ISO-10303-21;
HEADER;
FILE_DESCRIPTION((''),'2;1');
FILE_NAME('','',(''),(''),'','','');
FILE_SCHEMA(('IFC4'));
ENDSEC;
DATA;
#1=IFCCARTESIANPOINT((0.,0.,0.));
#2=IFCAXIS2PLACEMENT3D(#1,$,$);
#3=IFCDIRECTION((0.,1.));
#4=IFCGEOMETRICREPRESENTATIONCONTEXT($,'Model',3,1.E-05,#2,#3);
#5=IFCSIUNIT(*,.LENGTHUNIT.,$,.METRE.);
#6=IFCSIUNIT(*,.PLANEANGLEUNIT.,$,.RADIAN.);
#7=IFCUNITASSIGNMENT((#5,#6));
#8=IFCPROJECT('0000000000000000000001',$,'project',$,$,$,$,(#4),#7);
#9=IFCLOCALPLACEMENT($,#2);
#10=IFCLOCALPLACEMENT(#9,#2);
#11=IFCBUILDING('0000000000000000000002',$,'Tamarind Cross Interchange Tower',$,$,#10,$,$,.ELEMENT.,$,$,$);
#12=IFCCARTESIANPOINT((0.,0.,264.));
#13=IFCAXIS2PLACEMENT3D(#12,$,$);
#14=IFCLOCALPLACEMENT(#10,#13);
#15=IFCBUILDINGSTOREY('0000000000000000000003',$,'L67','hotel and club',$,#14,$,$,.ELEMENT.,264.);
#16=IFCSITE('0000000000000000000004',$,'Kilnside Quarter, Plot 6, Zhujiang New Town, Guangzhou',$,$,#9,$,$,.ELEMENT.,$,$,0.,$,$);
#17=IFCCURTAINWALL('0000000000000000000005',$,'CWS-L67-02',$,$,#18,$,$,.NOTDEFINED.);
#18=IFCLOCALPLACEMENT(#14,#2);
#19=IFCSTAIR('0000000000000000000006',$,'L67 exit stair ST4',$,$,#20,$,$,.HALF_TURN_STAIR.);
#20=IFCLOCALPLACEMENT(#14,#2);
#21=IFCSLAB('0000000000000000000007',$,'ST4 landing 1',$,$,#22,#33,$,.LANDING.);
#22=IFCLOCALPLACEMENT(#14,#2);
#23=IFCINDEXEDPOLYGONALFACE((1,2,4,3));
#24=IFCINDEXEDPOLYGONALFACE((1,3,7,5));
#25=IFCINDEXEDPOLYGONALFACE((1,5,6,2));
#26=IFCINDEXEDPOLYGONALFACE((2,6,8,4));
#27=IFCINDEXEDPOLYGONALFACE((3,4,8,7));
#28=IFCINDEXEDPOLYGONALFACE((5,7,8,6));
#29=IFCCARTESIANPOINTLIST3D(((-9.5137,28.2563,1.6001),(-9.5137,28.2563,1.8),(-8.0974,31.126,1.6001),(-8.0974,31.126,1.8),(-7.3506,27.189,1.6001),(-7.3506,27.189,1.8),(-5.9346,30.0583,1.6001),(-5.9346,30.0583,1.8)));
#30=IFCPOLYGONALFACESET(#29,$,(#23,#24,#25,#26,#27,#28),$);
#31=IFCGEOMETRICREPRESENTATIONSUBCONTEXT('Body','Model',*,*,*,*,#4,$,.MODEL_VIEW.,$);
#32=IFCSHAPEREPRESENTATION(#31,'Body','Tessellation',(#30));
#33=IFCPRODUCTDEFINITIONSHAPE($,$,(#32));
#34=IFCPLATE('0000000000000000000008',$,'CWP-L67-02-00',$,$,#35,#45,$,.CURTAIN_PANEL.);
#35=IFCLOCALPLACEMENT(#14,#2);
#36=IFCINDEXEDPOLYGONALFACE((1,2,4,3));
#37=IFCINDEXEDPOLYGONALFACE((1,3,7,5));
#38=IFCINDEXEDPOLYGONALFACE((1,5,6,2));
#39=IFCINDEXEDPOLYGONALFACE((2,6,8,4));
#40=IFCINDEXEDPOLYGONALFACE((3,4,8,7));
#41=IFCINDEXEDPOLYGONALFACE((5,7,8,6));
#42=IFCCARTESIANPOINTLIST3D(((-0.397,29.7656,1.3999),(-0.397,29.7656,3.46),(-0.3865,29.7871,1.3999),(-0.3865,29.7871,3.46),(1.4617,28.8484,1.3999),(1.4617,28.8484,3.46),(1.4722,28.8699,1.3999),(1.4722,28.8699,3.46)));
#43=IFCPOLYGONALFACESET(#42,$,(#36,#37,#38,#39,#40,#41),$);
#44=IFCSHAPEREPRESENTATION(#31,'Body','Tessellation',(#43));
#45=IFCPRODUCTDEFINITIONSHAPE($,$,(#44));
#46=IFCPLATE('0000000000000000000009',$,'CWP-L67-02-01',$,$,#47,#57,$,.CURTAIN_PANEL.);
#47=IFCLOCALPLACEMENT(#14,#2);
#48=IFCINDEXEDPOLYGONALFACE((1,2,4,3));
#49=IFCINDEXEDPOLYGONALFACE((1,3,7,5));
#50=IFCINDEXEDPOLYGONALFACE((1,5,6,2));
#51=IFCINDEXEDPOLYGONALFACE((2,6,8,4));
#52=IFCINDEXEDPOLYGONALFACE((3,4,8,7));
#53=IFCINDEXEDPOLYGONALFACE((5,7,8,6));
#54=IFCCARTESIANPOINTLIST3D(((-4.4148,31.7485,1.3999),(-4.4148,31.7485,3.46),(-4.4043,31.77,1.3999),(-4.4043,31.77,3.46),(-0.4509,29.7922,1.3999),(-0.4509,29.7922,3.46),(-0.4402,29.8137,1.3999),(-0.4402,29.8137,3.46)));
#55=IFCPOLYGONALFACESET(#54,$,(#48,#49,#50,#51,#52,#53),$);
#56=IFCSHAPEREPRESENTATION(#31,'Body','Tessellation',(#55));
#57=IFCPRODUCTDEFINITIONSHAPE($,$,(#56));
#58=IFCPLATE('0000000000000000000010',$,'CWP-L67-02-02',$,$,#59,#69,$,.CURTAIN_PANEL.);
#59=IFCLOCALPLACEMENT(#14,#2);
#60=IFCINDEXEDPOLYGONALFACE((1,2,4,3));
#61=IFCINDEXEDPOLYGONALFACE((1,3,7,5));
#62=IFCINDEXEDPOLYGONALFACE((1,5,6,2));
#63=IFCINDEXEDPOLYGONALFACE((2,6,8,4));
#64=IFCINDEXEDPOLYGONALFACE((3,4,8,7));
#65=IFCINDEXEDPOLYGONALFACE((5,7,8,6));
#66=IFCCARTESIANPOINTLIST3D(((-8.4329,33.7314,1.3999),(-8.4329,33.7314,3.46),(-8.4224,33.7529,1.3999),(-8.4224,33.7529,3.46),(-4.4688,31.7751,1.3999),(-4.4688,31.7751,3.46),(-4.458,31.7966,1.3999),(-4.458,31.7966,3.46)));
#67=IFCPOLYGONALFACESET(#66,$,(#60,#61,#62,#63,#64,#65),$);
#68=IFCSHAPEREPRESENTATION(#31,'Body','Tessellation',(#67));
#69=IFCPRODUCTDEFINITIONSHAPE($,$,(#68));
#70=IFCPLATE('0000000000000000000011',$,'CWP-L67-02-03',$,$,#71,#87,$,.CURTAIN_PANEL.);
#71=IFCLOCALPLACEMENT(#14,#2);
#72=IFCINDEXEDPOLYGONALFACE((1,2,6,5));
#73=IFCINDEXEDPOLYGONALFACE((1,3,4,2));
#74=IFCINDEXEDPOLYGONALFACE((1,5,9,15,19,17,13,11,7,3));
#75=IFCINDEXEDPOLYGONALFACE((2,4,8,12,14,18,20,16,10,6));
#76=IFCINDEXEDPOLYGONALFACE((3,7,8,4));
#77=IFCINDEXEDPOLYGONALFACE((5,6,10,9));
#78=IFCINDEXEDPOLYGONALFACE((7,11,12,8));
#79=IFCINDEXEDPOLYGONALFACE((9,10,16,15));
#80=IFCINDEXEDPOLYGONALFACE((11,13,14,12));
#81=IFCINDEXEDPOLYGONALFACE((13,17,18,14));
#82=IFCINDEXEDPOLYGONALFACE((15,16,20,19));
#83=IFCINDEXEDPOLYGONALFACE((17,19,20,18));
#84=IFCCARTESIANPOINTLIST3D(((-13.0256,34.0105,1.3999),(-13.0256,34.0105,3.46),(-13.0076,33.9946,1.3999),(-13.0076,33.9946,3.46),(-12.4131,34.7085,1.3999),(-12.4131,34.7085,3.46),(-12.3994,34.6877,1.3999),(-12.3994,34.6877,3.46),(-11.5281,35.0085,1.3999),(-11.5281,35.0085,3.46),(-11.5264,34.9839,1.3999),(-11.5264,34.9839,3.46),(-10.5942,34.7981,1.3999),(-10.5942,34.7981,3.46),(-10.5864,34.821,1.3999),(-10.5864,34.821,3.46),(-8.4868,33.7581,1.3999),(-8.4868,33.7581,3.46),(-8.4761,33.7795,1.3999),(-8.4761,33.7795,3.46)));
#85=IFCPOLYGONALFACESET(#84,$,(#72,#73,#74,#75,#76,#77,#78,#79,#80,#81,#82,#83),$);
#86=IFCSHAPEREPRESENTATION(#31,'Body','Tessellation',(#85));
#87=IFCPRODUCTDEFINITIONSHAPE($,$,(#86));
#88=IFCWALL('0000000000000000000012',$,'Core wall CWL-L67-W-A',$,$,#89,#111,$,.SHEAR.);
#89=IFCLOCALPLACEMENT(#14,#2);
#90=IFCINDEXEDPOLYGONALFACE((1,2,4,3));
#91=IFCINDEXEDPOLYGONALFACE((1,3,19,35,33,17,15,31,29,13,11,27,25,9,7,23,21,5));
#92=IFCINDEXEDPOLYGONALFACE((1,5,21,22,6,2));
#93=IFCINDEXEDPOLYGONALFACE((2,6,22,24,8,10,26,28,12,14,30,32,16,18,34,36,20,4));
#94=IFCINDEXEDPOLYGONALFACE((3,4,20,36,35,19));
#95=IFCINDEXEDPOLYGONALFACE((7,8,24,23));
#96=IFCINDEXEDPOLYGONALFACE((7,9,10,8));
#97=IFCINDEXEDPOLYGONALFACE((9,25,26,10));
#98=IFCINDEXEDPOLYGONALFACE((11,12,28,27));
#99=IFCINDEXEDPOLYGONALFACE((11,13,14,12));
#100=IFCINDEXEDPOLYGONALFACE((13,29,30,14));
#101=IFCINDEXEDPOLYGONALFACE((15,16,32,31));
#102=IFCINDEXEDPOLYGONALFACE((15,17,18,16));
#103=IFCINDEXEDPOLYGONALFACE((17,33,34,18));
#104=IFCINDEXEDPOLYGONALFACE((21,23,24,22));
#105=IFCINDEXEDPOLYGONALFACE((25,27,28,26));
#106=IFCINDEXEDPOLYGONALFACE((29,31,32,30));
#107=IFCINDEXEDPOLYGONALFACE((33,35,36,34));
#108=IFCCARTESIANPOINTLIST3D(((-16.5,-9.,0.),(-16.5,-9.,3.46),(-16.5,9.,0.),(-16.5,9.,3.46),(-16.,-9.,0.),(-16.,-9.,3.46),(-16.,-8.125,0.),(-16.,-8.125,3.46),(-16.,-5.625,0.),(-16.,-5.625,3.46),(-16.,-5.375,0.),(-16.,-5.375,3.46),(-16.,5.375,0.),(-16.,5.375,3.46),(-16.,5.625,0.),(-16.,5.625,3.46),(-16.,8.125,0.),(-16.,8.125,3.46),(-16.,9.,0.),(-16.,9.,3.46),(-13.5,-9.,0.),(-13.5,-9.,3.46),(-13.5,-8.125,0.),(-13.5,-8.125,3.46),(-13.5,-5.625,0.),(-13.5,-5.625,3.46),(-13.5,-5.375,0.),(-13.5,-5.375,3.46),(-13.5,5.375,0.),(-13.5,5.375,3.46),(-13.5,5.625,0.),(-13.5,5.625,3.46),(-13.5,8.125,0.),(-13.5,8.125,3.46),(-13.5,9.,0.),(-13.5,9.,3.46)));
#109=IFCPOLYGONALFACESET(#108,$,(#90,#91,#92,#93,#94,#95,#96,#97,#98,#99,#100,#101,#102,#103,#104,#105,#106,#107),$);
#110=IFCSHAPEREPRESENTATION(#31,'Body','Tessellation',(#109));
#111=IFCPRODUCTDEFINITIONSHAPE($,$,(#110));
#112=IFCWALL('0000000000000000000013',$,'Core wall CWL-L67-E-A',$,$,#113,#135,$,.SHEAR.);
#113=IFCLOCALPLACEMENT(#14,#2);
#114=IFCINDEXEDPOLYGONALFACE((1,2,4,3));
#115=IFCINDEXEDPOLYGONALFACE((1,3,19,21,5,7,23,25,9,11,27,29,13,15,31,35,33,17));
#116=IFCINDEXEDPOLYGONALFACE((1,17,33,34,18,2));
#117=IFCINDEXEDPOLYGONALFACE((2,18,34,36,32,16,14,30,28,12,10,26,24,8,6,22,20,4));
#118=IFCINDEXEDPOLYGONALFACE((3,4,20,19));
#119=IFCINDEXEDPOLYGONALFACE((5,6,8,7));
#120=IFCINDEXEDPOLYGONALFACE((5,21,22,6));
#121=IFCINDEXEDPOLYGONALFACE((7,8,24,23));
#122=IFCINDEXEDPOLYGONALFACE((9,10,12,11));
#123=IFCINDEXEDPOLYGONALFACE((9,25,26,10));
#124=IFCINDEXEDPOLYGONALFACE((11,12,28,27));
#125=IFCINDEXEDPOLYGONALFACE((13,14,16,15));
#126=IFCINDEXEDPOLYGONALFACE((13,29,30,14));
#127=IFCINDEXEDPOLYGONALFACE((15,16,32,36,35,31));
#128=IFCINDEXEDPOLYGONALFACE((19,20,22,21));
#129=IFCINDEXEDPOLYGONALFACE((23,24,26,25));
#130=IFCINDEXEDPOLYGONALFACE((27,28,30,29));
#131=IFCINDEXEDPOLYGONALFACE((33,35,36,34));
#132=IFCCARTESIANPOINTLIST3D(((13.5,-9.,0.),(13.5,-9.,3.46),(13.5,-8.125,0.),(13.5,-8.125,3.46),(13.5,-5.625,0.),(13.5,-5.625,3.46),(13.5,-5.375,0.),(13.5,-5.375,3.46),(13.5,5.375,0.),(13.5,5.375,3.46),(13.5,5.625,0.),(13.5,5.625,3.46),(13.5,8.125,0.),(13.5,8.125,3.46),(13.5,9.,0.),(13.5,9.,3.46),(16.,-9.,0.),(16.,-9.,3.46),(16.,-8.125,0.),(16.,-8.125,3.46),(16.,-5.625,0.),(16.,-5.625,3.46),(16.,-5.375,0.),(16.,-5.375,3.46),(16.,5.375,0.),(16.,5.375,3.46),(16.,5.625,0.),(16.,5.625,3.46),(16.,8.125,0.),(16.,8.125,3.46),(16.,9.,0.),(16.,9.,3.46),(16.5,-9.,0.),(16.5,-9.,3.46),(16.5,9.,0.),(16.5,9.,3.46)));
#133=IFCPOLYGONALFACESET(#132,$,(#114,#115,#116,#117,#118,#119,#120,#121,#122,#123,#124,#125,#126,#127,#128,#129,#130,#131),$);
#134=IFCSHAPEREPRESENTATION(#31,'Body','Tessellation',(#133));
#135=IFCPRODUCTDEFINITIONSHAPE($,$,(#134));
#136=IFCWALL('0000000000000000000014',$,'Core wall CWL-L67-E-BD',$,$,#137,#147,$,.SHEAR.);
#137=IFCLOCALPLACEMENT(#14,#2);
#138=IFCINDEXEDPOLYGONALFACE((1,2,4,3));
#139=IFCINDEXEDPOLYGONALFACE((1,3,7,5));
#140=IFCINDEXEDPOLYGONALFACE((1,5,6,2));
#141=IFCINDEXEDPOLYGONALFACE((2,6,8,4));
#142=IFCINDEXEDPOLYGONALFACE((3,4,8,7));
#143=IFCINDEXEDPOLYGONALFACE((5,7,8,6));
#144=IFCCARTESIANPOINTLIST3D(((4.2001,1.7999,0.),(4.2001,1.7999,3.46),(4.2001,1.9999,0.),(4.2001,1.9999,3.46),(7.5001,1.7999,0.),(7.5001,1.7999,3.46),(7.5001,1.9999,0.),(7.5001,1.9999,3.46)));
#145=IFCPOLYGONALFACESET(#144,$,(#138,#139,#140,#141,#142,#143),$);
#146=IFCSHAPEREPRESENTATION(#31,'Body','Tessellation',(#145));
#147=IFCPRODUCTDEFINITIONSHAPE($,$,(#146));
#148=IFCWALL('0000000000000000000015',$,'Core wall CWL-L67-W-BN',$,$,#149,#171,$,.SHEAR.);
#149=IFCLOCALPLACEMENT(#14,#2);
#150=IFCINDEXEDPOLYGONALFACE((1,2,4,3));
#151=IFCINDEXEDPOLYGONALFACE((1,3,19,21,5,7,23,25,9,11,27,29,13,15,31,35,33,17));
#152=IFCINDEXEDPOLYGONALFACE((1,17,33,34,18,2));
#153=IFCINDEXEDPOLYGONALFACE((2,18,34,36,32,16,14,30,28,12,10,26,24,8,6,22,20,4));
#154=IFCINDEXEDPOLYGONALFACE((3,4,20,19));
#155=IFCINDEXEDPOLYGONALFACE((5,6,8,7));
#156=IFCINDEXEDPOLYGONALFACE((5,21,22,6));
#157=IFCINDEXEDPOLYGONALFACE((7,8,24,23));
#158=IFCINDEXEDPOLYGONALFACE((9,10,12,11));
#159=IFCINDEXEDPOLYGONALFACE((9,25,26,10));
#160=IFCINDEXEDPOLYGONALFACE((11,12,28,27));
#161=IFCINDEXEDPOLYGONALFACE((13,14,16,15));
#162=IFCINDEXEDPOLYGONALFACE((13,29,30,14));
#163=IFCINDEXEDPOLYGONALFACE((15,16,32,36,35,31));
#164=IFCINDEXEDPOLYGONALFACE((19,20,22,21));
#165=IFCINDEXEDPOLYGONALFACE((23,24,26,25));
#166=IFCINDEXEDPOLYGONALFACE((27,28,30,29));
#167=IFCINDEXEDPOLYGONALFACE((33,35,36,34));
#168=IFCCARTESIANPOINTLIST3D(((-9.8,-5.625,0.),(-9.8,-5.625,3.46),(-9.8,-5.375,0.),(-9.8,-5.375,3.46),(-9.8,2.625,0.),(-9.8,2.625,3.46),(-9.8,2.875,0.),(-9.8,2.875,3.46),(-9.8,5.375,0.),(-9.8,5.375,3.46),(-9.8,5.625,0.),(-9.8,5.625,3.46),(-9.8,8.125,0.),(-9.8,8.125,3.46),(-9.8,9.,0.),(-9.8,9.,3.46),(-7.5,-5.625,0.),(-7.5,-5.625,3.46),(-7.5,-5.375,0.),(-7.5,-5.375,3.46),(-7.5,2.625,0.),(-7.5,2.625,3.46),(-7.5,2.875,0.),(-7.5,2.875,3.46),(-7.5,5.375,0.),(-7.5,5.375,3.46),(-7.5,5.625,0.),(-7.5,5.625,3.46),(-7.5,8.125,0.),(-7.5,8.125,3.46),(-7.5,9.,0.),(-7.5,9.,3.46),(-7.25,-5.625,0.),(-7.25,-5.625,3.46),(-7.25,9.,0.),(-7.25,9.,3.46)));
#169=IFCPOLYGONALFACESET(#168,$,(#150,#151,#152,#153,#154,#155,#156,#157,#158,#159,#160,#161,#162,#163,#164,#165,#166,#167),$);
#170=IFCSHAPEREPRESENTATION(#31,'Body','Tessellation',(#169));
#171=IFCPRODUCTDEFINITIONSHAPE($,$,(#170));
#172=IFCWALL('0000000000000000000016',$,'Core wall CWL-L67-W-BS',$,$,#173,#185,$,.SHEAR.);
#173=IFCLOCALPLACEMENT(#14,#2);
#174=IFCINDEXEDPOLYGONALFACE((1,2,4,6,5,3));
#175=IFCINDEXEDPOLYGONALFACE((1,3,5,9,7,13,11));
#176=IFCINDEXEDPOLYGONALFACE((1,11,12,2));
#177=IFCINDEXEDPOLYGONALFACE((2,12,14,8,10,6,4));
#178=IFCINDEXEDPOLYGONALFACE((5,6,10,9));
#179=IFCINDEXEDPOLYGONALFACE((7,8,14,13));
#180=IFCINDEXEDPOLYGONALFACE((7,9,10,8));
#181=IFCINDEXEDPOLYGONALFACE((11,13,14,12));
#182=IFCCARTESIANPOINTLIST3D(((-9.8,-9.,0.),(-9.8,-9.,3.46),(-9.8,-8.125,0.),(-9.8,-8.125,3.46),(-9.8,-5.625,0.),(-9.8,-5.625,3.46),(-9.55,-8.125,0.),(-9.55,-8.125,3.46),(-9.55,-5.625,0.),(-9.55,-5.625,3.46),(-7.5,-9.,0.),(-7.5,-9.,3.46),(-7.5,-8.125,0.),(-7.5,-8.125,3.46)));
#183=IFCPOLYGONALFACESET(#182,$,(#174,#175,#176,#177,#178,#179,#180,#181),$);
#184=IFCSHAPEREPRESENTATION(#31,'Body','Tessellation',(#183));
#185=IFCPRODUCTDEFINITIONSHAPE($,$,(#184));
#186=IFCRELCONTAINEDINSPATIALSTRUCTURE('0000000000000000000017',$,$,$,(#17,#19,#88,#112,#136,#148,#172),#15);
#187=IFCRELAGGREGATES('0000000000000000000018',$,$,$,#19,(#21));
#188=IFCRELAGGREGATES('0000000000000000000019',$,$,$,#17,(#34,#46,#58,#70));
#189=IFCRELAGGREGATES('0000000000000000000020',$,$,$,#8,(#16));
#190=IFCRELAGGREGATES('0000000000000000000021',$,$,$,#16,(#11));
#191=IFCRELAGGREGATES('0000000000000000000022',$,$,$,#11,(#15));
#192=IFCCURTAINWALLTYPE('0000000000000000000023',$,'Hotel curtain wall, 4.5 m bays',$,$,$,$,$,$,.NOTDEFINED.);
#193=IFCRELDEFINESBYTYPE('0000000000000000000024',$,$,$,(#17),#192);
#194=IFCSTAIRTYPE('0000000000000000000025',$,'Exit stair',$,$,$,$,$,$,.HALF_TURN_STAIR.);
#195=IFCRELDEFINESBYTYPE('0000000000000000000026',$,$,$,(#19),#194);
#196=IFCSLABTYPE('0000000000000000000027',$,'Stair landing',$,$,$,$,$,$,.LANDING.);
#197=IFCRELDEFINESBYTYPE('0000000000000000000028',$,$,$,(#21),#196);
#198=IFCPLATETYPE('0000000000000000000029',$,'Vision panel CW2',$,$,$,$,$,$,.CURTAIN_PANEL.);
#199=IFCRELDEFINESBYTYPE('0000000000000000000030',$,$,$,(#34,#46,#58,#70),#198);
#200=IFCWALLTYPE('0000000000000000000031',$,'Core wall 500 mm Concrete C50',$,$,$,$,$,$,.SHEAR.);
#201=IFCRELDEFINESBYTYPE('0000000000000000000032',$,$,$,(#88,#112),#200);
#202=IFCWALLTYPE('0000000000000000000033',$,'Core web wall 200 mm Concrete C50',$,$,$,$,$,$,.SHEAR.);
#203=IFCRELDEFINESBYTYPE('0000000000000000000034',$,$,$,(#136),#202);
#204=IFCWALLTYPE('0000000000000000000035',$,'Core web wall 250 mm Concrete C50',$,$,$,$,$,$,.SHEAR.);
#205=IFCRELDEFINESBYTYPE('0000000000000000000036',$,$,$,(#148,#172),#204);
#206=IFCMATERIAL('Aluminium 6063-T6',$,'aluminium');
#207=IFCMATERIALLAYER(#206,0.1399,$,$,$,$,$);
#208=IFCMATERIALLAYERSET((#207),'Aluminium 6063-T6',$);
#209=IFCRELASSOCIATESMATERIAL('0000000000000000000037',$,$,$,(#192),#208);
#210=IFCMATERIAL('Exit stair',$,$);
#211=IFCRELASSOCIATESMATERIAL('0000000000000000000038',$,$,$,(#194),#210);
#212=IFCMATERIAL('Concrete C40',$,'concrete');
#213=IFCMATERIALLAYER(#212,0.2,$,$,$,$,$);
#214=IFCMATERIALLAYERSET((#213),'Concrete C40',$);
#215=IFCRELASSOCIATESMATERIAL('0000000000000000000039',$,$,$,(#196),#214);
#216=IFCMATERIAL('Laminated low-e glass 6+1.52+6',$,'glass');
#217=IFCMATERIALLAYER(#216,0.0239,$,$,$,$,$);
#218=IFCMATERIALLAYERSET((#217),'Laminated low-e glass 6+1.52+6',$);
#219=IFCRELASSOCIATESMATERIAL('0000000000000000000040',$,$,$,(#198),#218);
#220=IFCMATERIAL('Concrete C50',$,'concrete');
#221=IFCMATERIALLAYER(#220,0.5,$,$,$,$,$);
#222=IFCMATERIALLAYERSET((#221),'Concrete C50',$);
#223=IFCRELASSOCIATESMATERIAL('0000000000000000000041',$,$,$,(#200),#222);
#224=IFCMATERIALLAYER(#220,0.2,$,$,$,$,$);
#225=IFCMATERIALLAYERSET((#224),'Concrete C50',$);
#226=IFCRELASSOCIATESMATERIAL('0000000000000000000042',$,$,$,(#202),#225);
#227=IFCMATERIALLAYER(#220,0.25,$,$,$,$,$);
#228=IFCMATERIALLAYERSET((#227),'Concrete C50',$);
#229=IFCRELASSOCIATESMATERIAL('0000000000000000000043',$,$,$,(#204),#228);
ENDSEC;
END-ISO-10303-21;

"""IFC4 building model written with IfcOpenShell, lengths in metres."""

from ifc_helpers import new_model, si_unit, direction, frame, frame_2d, origin, place, context, subcontext, project, spatial, polyline, rectangle, outline, extrude, material, layer, layer_set, type_object, element, aggregate, save


model = new_model("IFC4")

# Units and contexts
model_context = context("Model", 3, precision=1e-05, world=origin(), true_north=direction((0.0, 1.0)))
body_context = subcontext(model_context, "Body", "Model", "MODEL_VIEW")
ifc_project = project(units=[si_unit("LENGTHUNIT", "METRE"), si_unit("PLANEANGLEUNIT", "RADIAN")], contexts=[model_context])

# Site, building, storey
site_placement = place(None, origin())
site = spatial("IfcSite", under=ifc_project, at=site_placement, Name="Kilnside Quarter, Plot 6, Zhujiang New Town, Guangzhou", CompositionType="ELEMENT", RefElevation=0.0)
building_placement = place(site_placement, origin())
building = spatial("IfcBuilding", under=site, at=building_placement, Name="Tamarind Cross Interchange Tower", CompositionType="ELEMENT")
storey_placement = place(building_placement, frame((0.0, 0.0, 264.0)))
storey = spatial("IfcBuildingStorey", under=building, at=storey_placement, Name="L67", Description="hotel and club", CompositionType="ELEMENT", Elevation=264.0)

# Curtain wall
ifc_material_1 = material(Name="Aluminium 6063-T6", Category="aluminium")
ifc_layer_1 = layer(ifc_material_1, 0.1399)
ifc_layer_set_1 = layer_set([ifc_layer_1], Name="Aluminium 6063-T6")
curtain_wall_type = type_object("IfcCurtainWallType", Name="Hotel curtain wall, 4.5 m bays", PredefinedType="NOTDEFINED", material=ifc_layer_set_1)
curtain_wall_1_placement = place(storey_placement, origin())
curtain_wall_1 = element("IfcCurtainWall", 1, at=curtain_wall_1_placement, inside=storey, type_object=curtain_wall_type, Name="CWS-L67-02", PredefinedType="NOTDEFINED")

# Stair, slab
ifc_material_2 = material(Name="Exit stair")
stair_type = type_object("IfcStairType", Name="Exit stair", PredefinedType="HALF_TURN_STAIR", material=ifc_material_2)
ifc_material_3 = material(Name="Concrete C40", Category="concrete")
ifc_layer_2 = layer(ifc_material_3, 0.2)
ifc_layer_set_2 = layer_set([ifc_layer_2], Name="Concrete C40")
slab_type_1 = type_object("IfcSlabType", Name="Stair landing", PredefinedType="LANDING", material=ifc_layer_set_2)
stair_1_placement = place(storey_placement, origin())
stair_1 = element("IfcStair", 2, at=stair_1_placement, inside=storey, type_object=stair_type, Name="L67 exit stair ST4", PredefinedType="HALF_TURN_STAIR")
slab_1_placement = place(storey_placement, frame((0.0, 0.0, 1.6001)))
slab_1 = element("IfcSlab", 3, at=slab_1_placement, type_object=slab_type_1, Name="ST4 landing 1", PredefinedType="LANDING", context=body_context, shape_type="SweptSolid", body=[
    extrude(outline(polyline([(-5.9346, 30.0583), (-8.0974, 31.126), (-9.5137, 28.2563), (-7.3506, 27.189), (-5.9346, 30.0583)])), origin(), (0.0, 0.0, 1.0), 0.2),
])
aggregate(stair_1, [slab_1])

# Plates
ifc_material_4 = material(Name="Laminated low-e glass 6+1.52+6", Category="glass")
ifc_layer_3 = layer(ifc_material_4, 0.0239)
ifc_layer_set_3 = layer_set([ifc_layer_3], Name="Laminated low-e glass 6+1.52+6")
plate_type = type_object("IfcPlateType", Name="Vision panel CW2", PredefinedType="CURTAIN_PANEL", material=ifc_layer_set_3)
plate_1_placement = place(storey_placement, frame((0.0, 0.0, 1.3999)))
plate_1 = element("IfcPlate", 4, at=plate_1_placement, type_object=plate_type, Name="CWP-L67-02-00", PredefinedType="CURTAIN_PANEL", context=body_context, shape_type="SweptSolid", body=[
    extrude(outline(polyline([(1.4617, 28.8484), (-0.397, 29.7656), (-0.3865, 29.7871), (1.4722, 28.8699), (1.4617, 28.8484)])), origin(), (0.0, 0.0, 1.0), 2.0601),
])
plate_2_placement = place(storey_placement, frame((0.0, 0.0, 1.3999)))
plate_2 = element("IfcPlate", 5, at=plate_2_placement, type_object=plate_type, Name="CWP-L67-02-01", PredefinedType="CURTAIN_PANEL", context=body_context, shape_type="SweptSolid", body=[
    extrude(outline(polyline([(-0.4509, 29.7922), (-4.4148, 31.7485), (-4.4043, 31.77), (-0.4402, 29.8137), (-0.4509, 29.7922)])), origin(), (0.0, 0.0, 1.0), 2.0601),
])
plate_3_placement = place(storey_placement, frame((0.0, 0.0, 1.3999)))
plate_3 = element("IfcPlate", 6, at=plate_3_placement, type_object=plate_type, Name="CWP-L67-02-02", PredefinedType="CURTAIN_PANEL", context=body_context, shape_type="SweptSolid", body=[
    extrude(outline(polyline([(-4.4688, 31.7751), (-8.4329, 33.7314), (-8.4224, 33.7529), (-4.458, 31.7966), (-4.4688, 31.7751)])), origin(), (0.0, 0.0, 1.0), 2.0601),
])
plate_4_placement = place(storey_placement, frame((0.0, 0.0, 1.3999)))
plate_4 = element("IfcPlate", 7, at=plate_4_placement, type_object=plate_type, Name="CWP-L67-02-03", PredefinedType="CURTAIN_PANEL", context=body_context, shape_type="SweptSolid", body=[
    extrude(outline(polyline([(-8.4868, 33.7581), (-10.5942, 34.7981), (-11.5264, 34.9839), (-12.3994, 34.6877), (-13.0076, 33.9946), (-13.0256, 34.0105), (-12.4131, 34.7085), (-11.5281, 35.0085), (-10.5864, 34.821), (-8.4761, 33.7795), (-8.4868, 33.7581)])), origin(), (0.0, 0.0, 1.0), 2.0601),
])
aggregate(curtain_wall_1, [plate_1, plate_2, plate_3, plate_4])

# Walls
ifc_material_5 = material(Name="Concrete C50", Category="concrete")
ifc_layer_4 = layer(ifc_material_5, 0.5)
ifc_layer_set_4 = layer_set([ifc_layer_4], Name="Concrete C50")
wall_type_1 = type_object("IfcWallType", Name="Core wall 500 mm Concrete C50", PredefinedType="SHEAR", material=ifc_layer_set_4)
wall_1_placement = place(storey_placement, origin())
element("IfcWall", 8, at=wall_1_placement, inside=storey, type_object=wall_type_1, Name="Core wall CWL-L67-W-A", PredefinedType="SHEAR", context=body_context, shape_type="SweptSolid", body=[
    extrude(outline(polyline([(-13.5, -8.125), (-16.0, -8.125), (-16.0, -5.625), (-13.5, -5.625), (-13.5, -5.375), (-16.0, -5.375), (-16.0, 5.375), (-13.5, 5.375), (-13.5, 5.625), (-16.0, 5.625), (-16.0, 8.125), (-13.5, 8.125), (-13.5, 9.0), (-16.0, 9.0), (-16.5, 9.0), (-16.5, -9.0), (-16.0, -9.0), (-13.5, -9.0), (-13.5, -8.125)])), origin(), (0.0, 0.0, 1.0), 3.46),
])
wall_2_placement = place(storey_placement, origin())
element("IfcWall", 9, at=wall_2_placement, inside=storey, type_object=wall_type_1, Name="Core wall CWL-L67-E-A", PredefinedType="SHEAR", context=body_context, shape_type="SweptSolid", body=[
    extrude(outline(polyline([(13.5, -8.125), (13.5, -9.0), (16.0, -9.0), (16.5, -9.0), (16.5, 9.0), (16.0, 9.0), (13.5, 9.0), (13.5, 8.125), (16.0, 8.125), (16.0, 5.625), (13.5, 5.625), (13.5, 5.375), (16.0, 5.375), (16.0, -5.375), (13.5, -5.375), (13.5, -5.625), (16.0, -5.625), (16.0, -8.125), (13.5, -8.125)])), origin(), (0.0, 0.0, 1.0), 3.46),
])
ifc_layer_5 = layer(ifc_material_5, 0.2)
ifc_layer_set_5 = layer_set([ifc_layer_5], Name="Concrete C50")
wall_type_2 = type_object("IfcWallType", Name="Core web wall 200 mm Concrete C50", PredefinedType="SHEAR", material=ifc_layer_set_5)
wall_3_placement = place(storey_placement, frame((7.5, 1.8999, 0.0), z_axis=(0.0, 0.0, 1.0), x_axis=(-1.0, 0.0, 0.0)))
element("IfcWall", 10, at=wall_3_placement, inside=storey, type_object=wall_type_2, Name="Core wall CWL-L67-E-BD", PredefinedType="SHEAR", context=body_context, shape_type="SweptSolid", body=[
    extrude(rectangle(XDim=3.3, YDim=0.2, at=frame_2d((1.6499, 0.0))), origin(), (0.0, 0.0, 1.0), 3.46),
])
ifc_layer_6 = layer(ifc_material_5, 0.25)
ifc_layer_set_6 = layer_set([ifc_layer_6], Name="Concrete C50")
wall_type_3 = type_object("IfcWallType", Name="Core web wall 250 mm Concrete C50", PredefinedType="SHEAR", material=ifc_layer_set_6)
wall_4_placement = place(storey_placement, origin())
element("IfcWall", 11, at=wall_4_placement, inside=storey, type_object=wall_type_3, Name="Core wall CWL-L67-W-BN", PredefinedType="SHEAR", context=body_context, shape_type="SweptSolid", body=[
    extrude(outline(polyline([(-9.8, -5.375), (-9.8, -5.625), (-7.5, -5.625), (-7.25, -5.625), (-7.25, 9.0), (-7.5, 9.0), (-9.8, 9.0), (-9.8, 8.125), (-7.5, 8.125), (-7.5, 5.625), (-9.8, 5.625), (-9.8, 5.375), (-7.5, 5.375), (-7.5, 2.875), (-9.8, 2.875), (-9.8, 2.625), (-7.5, 2.625), (-7.5, -5.375), (-9.8, -5.375)])), origin(), (0.0, 0.0, 1.0), 3.46),
])
wall_5_placement = place(storey_placement, origin())
element("IfcWall", 12, at=wall_5_placement, inside=storey, type_object=wall_type_3, Name="Core wall CWL-L67-W-BS", PredefinedType="SHEAR", context=body_context, shape_type="SweptSolid", body=[
    extrude(outline(polyline([(-7.5, -8.125), (-9.55, -8.125), (-9.55, -5.625), (-9.8, -5.625), (-9.8, -8.125), (-9.8, -9.0), (-7.5, -9.0), (-7.5, -8.125)])), origin(), (0.0, 0.0, 1.0), 3.46),
])

save(model, "model.ifc")
